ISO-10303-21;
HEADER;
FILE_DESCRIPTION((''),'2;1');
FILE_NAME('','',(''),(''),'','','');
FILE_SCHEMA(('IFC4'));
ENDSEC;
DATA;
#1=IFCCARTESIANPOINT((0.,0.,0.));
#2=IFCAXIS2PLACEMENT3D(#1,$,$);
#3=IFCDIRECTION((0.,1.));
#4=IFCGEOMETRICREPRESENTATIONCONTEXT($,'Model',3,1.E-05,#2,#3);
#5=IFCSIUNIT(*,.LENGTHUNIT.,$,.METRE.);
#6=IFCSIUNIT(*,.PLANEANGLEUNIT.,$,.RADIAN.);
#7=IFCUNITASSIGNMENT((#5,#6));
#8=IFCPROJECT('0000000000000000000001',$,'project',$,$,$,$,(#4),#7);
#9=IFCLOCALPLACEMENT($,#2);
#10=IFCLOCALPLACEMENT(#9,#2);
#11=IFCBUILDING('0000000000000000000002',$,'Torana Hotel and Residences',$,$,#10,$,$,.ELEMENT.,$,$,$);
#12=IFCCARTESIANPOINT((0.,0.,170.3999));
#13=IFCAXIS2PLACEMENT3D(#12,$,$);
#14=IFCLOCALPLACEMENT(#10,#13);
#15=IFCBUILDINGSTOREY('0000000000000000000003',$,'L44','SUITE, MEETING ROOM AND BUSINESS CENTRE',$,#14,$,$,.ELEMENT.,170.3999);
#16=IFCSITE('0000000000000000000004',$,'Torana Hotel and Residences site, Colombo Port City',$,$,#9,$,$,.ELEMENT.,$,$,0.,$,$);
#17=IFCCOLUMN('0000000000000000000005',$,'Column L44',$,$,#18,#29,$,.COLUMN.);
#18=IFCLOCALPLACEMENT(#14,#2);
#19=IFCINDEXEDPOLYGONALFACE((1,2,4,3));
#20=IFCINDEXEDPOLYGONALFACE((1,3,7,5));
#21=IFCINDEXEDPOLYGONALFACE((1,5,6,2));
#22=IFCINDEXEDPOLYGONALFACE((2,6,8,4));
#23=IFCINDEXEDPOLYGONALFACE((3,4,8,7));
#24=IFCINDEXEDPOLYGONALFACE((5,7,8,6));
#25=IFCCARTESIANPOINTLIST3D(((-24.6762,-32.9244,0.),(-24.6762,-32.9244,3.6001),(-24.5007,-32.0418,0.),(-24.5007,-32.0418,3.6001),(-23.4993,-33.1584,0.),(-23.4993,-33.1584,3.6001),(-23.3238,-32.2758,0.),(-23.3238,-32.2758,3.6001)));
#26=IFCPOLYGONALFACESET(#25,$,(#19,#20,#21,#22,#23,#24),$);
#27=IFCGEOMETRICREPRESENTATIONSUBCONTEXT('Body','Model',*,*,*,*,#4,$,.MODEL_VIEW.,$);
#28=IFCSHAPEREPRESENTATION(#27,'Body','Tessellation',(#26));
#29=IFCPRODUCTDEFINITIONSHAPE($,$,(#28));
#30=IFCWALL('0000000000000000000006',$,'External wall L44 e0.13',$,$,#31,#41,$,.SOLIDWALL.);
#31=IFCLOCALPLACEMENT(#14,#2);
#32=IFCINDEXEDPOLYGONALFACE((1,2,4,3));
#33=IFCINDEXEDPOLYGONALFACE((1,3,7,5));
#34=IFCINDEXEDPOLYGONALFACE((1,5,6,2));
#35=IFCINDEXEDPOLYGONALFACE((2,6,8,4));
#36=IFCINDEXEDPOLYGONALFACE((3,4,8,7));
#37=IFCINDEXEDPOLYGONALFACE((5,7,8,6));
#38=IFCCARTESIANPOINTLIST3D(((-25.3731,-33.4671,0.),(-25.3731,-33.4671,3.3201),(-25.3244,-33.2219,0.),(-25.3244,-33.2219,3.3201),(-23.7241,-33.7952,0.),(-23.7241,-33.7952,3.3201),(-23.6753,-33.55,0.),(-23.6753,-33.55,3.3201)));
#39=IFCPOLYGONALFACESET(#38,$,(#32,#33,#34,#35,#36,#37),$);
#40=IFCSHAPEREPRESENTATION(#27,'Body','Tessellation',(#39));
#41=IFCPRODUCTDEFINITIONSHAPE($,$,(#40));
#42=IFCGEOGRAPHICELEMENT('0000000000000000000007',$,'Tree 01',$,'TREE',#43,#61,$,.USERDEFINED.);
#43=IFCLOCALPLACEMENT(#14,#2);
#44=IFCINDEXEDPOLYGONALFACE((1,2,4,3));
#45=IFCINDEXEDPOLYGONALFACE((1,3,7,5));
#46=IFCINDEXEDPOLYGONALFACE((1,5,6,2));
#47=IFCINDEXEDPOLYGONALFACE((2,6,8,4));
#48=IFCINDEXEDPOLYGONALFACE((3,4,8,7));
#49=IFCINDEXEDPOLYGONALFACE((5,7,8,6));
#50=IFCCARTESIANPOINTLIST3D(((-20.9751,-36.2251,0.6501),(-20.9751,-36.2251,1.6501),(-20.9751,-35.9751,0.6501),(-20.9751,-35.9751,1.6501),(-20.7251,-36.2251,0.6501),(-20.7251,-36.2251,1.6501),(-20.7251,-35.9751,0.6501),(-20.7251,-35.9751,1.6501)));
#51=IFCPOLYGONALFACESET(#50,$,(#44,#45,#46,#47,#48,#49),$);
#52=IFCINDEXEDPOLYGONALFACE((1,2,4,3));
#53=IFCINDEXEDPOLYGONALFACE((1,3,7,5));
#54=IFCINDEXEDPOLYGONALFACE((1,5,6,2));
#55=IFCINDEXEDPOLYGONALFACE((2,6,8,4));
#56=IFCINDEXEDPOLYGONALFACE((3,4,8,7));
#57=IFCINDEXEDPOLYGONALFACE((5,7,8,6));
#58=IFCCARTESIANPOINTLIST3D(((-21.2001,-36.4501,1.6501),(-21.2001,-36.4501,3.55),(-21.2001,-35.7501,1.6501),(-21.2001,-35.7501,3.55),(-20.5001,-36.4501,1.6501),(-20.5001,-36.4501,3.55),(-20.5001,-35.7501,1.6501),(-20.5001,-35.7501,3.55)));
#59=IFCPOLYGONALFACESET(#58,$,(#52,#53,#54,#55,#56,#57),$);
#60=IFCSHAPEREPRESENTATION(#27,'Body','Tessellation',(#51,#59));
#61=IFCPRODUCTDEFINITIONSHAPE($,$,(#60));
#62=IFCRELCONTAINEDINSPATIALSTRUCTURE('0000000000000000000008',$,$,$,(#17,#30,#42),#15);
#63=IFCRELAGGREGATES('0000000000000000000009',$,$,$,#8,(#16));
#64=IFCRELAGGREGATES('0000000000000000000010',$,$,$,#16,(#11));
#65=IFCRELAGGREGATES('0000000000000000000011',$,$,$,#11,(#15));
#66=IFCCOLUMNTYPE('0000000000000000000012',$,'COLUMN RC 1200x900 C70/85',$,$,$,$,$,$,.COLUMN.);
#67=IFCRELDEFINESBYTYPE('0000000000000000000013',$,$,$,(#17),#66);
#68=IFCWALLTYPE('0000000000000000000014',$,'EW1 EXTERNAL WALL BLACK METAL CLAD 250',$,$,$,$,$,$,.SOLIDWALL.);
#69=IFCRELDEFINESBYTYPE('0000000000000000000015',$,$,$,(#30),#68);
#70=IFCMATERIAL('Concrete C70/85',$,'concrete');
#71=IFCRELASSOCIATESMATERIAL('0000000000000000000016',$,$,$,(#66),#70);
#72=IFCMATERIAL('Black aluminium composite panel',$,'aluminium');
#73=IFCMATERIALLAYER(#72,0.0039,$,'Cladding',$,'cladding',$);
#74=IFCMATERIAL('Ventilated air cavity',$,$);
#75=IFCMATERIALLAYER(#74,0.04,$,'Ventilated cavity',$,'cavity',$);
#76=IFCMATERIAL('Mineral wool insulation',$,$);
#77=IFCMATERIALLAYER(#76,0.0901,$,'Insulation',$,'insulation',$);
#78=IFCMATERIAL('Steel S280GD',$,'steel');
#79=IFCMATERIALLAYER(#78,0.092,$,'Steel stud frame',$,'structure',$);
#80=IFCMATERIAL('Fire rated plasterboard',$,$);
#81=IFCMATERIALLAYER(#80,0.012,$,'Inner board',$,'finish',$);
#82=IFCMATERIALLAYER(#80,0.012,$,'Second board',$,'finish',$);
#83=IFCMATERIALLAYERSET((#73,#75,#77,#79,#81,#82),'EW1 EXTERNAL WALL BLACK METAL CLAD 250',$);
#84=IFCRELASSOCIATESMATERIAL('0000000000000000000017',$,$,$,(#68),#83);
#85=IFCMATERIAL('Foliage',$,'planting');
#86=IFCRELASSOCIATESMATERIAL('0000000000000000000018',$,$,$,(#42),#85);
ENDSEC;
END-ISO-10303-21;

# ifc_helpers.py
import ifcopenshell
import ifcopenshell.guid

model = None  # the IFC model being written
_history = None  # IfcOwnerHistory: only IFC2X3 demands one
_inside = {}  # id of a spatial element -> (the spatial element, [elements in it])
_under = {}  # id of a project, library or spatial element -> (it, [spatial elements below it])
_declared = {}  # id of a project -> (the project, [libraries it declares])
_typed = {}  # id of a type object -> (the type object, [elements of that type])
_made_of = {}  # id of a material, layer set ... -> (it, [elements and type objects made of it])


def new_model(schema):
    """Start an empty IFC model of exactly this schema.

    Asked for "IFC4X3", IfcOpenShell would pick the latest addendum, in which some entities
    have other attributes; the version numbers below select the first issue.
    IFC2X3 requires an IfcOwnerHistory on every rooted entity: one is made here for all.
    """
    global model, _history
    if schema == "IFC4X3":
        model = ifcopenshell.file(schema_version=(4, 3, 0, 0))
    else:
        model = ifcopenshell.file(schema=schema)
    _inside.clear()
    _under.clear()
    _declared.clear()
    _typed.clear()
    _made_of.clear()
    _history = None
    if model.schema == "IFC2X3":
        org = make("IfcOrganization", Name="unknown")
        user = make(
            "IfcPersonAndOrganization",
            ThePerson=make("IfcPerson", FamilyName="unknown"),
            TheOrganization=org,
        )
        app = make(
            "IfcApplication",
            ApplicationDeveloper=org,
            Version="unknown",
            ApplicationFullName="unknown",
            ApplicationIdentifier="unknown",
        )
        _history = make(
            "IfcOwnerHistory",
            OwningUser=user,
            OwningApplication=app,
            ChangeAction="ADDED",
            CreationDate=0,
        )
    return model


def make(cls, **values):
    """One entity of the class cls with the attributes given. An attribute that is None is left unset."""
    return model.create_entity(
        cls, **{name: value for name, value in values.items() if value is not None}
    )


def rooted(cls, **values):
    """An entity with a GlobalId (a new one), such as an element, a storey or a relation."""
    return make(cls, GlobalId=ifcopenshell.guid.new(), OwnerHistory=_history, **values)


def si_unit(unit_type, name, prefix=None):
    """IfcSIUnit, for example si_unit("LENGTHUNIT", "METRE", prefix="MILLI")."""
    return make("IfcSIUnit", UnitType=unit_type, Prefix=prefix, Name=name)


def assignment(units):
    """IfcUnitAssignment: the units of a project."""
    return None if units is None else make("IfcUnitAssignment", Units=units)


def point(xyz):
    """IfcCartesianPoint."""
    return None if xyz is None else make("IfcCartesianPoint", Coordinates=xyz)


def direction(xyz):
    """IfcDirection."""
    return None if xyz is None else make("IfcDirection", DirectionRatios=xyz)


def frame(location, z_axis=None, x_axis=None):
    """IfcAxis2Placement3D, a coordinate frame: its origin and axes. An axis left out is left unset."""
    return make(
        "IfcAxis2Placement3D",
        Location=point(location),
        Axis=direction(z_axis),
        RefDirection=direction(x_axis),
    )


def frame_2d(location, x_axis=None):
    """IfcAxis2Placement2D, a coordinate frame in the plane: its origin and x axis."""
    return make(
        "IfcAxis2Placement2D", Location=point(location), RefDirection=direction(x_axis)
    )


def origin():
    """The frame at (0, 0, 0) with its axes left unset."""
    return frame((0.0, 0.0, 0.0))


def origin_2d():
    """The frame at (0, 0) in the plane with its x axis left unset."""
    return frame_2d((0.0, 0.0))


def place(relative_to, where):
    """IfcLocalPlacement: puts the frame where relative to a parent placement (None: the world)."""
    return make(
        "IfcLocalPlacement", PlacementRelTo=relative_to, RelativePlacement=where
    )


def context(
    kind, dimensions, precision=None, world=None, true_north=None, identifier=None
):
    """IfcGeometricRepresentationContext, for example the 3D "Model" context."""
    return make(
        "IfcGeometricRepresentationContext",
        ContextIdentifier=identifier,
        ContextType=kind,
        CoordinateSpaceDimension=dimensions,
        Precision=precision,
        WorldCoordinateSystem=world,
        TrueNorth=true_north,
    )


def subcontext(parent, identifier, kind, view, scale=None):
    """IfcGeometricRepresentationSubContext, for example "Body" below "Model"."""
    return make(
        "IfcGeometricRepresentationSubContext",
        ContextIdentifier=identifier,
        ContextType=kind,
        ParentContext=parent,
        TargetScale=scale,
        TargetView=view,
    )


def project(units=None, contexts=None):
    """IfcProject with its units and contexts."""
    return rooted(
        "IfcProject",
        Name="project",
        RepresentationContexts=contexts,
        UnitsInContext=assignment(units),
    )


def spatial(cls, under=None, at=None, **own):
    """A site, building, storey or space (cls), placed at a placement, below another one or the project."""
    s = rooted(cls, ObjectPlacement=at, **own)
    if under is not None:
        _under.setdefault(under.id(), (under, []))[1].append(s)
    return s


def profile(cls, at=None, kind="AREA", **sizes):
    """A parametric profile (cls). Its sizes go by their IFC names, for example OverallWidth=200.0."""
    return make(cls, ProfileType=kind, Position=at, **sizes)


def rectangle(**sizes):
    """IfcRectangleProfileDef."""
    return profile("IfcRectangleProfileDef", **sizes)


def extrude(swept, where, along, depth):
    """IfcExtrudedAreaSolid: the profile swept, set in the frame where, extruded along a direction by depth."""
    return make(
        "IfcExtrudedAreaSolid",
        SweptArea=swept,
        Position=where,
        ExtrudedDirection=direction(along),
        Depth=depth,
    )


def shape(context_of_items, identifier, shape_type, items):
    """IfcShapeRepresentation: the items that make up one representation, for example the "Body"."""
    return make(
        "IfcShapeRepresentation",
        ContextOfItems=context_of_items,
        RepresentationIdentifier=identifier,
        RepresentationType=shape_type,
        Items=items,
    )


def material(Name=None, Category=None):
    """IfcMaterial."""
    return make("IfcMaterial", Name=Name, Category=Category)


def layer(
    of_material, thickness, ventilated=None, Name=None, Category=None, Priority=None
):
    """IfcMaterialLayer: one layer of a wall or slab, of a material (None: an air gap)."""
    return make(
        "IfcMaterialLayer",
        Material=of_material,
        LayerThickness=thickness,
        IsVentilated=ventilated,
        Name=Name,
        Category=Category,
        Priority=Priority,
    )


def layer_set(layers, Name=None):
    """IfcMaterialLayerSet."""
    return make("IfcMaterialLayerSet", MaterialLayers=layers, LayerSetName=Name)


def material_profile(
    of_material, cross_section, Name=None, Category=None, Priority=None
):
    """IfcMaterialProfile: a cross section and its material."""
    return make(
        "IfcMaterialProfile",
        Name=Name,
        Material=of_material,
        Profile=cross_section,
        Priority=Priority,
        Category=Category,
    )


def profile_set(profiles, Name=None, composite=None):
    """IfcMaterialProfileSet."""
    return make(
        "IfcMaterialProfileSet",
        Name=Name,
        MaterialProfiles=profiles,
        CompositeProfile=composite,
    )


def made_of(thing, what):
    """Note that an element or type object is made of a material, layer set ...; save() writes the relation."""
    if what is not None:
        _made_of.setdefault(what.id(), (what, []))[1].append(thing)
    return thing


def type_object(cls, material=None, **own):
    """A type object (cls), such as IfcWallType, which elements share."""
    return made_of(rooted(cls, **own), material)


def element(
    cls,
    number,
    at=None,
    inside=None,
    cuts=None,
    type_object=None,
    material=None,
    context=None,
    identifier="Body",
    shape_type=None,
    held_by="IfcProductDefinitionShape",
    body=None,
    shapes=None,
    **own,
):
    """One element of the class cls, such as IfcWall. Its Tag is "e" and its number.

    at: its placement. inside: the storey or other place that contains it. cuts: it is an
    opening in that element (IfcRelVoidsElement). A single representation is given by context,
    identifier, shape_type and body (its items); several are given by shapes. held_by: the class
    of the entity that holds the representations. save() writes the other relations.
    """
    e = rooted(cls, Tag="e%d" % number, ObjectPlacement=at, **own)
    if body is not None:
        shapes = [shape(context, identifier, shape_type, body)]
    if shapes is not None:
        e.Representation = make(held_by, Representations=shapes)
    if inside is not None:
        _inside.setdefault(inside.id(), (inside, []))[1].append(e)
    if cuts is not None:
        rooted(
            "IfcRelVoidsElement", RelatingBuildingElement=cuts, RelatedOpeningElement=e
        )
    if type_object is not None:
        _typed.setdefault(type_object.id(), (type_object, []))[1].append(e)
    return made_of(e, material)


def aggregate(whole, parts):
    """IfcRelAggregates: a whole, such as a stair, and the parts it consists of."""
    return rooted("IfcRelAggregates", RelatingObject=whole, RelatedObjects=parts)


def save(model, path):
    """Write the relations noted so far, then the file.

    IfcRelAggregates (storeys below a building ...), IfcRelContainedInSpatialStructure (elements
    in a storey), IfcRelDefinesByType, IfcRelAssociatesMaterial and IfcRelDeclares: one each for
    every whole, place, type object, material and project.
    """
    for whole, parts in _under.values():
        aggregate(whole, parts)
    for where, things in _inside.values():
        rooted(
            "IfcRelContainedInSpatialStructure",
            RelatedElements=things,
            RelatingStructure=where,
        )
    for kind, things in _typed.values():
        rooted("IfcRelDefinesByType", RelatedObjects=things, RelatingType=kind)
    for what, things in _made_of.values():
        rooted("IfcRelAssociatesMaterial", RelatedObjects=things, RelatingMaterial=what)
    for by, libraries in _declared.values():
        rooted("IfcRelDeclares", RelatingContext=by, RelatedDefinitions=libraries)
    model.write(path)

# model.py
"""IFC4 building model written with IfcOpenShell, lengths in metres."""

from ifc_helpers import new_model, si_unit, direction, frame, frame_2d, origin, origin_2d, place, context, subcontext, project, spatial, rectangle, extrude, material, layer, layer_set, material_profile, profile_set, type_object, element, save


model = new_model("IFC4")

# Units and contexts
model_context = context("Model", 3, precision=1e-05, world=origin(), true_north=direction((0.0, 1.0)))
body_context = subcontext(model_context, "Body", "Model", "MODEL_VIEW")
ifc_project = project(units=[si_unit("LENGTHUNIT", "METRE"), si_unit("PLANEANGLEUNIT", "RADIAN")], contexts=[model_context])

# Site, building, storey
site_placement = place(None, origin())
site = spatial("IfcSite", under=ifc_project, at=site_placement, Name="Torana Hotel and Residences site, Colombo Port City", CompositionType="ELEMENT", RefElevation=0.0)
building_placement = place(site_placement, origin())
building = spatial("IfcBuilding", under=site, at=building_placement, Name="Torana Hotel and Residences", CompositionType="ELEMENT")
storey_placement = place(building_placement, frame((0.0, 0.0, 170.3999)))
storey = spatial("IfcBuildingStorey", under=building, at=storey_placement, Name="L44", Description="SUITE, MEETING ROOM AND BUSINESS CENTRE", CompositionType="ELEMENT", Elevation=170.3999)

# Column
ifc_material_1 = material(Name="Concrete C70/85", Category="concrete")
ifc_material_profile = material_profile(ifc_material_1, rectangle(XDim=1.2, YDim=0.8999, at=origin_2d()), Name="RC 1200x900")
ifc_profile_set = profile_set([ifc_material_profile], Name="Concrete C70/85")
column_type = type_object("IfcColumnType", Name="COLUMN RC 1200x900 C70/85", PredefinedType="COLUMN", material=ifc_profile_set)
column_placement = place(storey_placement, frame((-24.0, -32.6001, 0.0), z_axis=(0.0, 0.0, 1.0), x_axis=(-0.980792, 0.195056, 0.0)))
element("IfcColumn", 1, at=column_placement, inside=storey, type_object=column_type, Name="Column L44", PredefinedType="COLUMN", context=body_context, shape_type="SweptSolid", body=[
    extrude(rectangle(XDim=1.2, YDim=0.8999, at=origin_2d()), origin(), (0.0, 0.0, 1.0), 3.6001),
])

# Wall
ifc_material_2 = material(Name="Black aluminium composite panel", Category="aluminium")
ifc_layer_1 = layer(ifc_material_2, 0.0039, Name="Cladding", Category="cladding")
ifc_material_3 = material(Name="Ventilated air cavity")
ifc_layer_2 = layer(ifc_material_3, 0.04, Name="Ventilated cavity", Category="cavity")
ifc_material_4 = material(Name="Mineral wool insulation")
ifc_layer_3 = layer(ifc_material_4, 0.0901, Name="Insulation", Category="insulation")
ifc_material_5 = material(Name="Steel S280GD", Category="steel")
ifc_layer_4 = layer(ifc_material_5, 0.092, Name="Steel stud frame", Category="structure")
ifc_material_6 = material(Name="Fire rated plasterboard")
ifc_layer_5 = layer(ifc_material_6, 0.012, Name="Inner board", Category="finish")
ifc_layer_6 = layer(ifc_material_6, 0.012, Name="Second board", Category="finish")
ifc_layer_set = layer_set([ifc_layer_1, ifc_layer_2, ifc_layer_3, ifc_layer_4, ifc_layer_5, ifc_layer_6], Name="EW1 EXTERNAL WALL BLACK METAL CLAD 250")
wall_type = type_object("IfcWallType", Name="EW1 EXTERNAL WALL BLACK METAL CLAD 250", PredefinedType="SOLIDWALL", material=ifc_layer_set)
wall_1_placement = place(storey_placement, frame((-25.3489, -33.3445, 0.0), z_axis=(0.0, 0.0, 1.0), x_axis=(0.980776, -0.195139, 0.0)))
element("IfcWall", 2, at=wall_1_placement, inside=storey, type_object=wall_type, Name="External wall L44 e0.13", PredefinedType="SOLIDWALL", context=body_context, shape_type="SweptSolid", body=[
    extrude(rectangle(XDim=1.6814, YDim=0.25, at=frame_2d((0.8408, 0.0))), origin(), (0.0, 0.0, 1.0), 3.3201),
])

# Geographic element
ifc_material_7 = material(Name="Foliage", Category="planting")
geographic_element_placement = place(storey_placement, frame((-20.8501, -36.1001, 0.6501), z_axis=(0.0, 0.0, 1.0), x_axis=(1.0, 0.0, 0.0)))
element("IfcGeographicElement", 3, at=geographic_element_placement, inside=storey, material=ifc_material_7, Name="Tree 01", ObjectType="TREE", PredefinedType="USERDEFINED", context=body_context, shape_type="SweptSolid", body=[
    extrude(rectangle(XDim=0.25, YDim=0.25, at=origin_2d()), origin(), (0.0, 0.0, 1.0), 1.0),
    extrude(rectangle(XDim=0.7, YDim=0.7, at=origin_2d()), frame((0.0, 0.0, 1.0)), (0.0, 0.0, 1.0), 1.8999),
])

save(model, "model.ifc")
